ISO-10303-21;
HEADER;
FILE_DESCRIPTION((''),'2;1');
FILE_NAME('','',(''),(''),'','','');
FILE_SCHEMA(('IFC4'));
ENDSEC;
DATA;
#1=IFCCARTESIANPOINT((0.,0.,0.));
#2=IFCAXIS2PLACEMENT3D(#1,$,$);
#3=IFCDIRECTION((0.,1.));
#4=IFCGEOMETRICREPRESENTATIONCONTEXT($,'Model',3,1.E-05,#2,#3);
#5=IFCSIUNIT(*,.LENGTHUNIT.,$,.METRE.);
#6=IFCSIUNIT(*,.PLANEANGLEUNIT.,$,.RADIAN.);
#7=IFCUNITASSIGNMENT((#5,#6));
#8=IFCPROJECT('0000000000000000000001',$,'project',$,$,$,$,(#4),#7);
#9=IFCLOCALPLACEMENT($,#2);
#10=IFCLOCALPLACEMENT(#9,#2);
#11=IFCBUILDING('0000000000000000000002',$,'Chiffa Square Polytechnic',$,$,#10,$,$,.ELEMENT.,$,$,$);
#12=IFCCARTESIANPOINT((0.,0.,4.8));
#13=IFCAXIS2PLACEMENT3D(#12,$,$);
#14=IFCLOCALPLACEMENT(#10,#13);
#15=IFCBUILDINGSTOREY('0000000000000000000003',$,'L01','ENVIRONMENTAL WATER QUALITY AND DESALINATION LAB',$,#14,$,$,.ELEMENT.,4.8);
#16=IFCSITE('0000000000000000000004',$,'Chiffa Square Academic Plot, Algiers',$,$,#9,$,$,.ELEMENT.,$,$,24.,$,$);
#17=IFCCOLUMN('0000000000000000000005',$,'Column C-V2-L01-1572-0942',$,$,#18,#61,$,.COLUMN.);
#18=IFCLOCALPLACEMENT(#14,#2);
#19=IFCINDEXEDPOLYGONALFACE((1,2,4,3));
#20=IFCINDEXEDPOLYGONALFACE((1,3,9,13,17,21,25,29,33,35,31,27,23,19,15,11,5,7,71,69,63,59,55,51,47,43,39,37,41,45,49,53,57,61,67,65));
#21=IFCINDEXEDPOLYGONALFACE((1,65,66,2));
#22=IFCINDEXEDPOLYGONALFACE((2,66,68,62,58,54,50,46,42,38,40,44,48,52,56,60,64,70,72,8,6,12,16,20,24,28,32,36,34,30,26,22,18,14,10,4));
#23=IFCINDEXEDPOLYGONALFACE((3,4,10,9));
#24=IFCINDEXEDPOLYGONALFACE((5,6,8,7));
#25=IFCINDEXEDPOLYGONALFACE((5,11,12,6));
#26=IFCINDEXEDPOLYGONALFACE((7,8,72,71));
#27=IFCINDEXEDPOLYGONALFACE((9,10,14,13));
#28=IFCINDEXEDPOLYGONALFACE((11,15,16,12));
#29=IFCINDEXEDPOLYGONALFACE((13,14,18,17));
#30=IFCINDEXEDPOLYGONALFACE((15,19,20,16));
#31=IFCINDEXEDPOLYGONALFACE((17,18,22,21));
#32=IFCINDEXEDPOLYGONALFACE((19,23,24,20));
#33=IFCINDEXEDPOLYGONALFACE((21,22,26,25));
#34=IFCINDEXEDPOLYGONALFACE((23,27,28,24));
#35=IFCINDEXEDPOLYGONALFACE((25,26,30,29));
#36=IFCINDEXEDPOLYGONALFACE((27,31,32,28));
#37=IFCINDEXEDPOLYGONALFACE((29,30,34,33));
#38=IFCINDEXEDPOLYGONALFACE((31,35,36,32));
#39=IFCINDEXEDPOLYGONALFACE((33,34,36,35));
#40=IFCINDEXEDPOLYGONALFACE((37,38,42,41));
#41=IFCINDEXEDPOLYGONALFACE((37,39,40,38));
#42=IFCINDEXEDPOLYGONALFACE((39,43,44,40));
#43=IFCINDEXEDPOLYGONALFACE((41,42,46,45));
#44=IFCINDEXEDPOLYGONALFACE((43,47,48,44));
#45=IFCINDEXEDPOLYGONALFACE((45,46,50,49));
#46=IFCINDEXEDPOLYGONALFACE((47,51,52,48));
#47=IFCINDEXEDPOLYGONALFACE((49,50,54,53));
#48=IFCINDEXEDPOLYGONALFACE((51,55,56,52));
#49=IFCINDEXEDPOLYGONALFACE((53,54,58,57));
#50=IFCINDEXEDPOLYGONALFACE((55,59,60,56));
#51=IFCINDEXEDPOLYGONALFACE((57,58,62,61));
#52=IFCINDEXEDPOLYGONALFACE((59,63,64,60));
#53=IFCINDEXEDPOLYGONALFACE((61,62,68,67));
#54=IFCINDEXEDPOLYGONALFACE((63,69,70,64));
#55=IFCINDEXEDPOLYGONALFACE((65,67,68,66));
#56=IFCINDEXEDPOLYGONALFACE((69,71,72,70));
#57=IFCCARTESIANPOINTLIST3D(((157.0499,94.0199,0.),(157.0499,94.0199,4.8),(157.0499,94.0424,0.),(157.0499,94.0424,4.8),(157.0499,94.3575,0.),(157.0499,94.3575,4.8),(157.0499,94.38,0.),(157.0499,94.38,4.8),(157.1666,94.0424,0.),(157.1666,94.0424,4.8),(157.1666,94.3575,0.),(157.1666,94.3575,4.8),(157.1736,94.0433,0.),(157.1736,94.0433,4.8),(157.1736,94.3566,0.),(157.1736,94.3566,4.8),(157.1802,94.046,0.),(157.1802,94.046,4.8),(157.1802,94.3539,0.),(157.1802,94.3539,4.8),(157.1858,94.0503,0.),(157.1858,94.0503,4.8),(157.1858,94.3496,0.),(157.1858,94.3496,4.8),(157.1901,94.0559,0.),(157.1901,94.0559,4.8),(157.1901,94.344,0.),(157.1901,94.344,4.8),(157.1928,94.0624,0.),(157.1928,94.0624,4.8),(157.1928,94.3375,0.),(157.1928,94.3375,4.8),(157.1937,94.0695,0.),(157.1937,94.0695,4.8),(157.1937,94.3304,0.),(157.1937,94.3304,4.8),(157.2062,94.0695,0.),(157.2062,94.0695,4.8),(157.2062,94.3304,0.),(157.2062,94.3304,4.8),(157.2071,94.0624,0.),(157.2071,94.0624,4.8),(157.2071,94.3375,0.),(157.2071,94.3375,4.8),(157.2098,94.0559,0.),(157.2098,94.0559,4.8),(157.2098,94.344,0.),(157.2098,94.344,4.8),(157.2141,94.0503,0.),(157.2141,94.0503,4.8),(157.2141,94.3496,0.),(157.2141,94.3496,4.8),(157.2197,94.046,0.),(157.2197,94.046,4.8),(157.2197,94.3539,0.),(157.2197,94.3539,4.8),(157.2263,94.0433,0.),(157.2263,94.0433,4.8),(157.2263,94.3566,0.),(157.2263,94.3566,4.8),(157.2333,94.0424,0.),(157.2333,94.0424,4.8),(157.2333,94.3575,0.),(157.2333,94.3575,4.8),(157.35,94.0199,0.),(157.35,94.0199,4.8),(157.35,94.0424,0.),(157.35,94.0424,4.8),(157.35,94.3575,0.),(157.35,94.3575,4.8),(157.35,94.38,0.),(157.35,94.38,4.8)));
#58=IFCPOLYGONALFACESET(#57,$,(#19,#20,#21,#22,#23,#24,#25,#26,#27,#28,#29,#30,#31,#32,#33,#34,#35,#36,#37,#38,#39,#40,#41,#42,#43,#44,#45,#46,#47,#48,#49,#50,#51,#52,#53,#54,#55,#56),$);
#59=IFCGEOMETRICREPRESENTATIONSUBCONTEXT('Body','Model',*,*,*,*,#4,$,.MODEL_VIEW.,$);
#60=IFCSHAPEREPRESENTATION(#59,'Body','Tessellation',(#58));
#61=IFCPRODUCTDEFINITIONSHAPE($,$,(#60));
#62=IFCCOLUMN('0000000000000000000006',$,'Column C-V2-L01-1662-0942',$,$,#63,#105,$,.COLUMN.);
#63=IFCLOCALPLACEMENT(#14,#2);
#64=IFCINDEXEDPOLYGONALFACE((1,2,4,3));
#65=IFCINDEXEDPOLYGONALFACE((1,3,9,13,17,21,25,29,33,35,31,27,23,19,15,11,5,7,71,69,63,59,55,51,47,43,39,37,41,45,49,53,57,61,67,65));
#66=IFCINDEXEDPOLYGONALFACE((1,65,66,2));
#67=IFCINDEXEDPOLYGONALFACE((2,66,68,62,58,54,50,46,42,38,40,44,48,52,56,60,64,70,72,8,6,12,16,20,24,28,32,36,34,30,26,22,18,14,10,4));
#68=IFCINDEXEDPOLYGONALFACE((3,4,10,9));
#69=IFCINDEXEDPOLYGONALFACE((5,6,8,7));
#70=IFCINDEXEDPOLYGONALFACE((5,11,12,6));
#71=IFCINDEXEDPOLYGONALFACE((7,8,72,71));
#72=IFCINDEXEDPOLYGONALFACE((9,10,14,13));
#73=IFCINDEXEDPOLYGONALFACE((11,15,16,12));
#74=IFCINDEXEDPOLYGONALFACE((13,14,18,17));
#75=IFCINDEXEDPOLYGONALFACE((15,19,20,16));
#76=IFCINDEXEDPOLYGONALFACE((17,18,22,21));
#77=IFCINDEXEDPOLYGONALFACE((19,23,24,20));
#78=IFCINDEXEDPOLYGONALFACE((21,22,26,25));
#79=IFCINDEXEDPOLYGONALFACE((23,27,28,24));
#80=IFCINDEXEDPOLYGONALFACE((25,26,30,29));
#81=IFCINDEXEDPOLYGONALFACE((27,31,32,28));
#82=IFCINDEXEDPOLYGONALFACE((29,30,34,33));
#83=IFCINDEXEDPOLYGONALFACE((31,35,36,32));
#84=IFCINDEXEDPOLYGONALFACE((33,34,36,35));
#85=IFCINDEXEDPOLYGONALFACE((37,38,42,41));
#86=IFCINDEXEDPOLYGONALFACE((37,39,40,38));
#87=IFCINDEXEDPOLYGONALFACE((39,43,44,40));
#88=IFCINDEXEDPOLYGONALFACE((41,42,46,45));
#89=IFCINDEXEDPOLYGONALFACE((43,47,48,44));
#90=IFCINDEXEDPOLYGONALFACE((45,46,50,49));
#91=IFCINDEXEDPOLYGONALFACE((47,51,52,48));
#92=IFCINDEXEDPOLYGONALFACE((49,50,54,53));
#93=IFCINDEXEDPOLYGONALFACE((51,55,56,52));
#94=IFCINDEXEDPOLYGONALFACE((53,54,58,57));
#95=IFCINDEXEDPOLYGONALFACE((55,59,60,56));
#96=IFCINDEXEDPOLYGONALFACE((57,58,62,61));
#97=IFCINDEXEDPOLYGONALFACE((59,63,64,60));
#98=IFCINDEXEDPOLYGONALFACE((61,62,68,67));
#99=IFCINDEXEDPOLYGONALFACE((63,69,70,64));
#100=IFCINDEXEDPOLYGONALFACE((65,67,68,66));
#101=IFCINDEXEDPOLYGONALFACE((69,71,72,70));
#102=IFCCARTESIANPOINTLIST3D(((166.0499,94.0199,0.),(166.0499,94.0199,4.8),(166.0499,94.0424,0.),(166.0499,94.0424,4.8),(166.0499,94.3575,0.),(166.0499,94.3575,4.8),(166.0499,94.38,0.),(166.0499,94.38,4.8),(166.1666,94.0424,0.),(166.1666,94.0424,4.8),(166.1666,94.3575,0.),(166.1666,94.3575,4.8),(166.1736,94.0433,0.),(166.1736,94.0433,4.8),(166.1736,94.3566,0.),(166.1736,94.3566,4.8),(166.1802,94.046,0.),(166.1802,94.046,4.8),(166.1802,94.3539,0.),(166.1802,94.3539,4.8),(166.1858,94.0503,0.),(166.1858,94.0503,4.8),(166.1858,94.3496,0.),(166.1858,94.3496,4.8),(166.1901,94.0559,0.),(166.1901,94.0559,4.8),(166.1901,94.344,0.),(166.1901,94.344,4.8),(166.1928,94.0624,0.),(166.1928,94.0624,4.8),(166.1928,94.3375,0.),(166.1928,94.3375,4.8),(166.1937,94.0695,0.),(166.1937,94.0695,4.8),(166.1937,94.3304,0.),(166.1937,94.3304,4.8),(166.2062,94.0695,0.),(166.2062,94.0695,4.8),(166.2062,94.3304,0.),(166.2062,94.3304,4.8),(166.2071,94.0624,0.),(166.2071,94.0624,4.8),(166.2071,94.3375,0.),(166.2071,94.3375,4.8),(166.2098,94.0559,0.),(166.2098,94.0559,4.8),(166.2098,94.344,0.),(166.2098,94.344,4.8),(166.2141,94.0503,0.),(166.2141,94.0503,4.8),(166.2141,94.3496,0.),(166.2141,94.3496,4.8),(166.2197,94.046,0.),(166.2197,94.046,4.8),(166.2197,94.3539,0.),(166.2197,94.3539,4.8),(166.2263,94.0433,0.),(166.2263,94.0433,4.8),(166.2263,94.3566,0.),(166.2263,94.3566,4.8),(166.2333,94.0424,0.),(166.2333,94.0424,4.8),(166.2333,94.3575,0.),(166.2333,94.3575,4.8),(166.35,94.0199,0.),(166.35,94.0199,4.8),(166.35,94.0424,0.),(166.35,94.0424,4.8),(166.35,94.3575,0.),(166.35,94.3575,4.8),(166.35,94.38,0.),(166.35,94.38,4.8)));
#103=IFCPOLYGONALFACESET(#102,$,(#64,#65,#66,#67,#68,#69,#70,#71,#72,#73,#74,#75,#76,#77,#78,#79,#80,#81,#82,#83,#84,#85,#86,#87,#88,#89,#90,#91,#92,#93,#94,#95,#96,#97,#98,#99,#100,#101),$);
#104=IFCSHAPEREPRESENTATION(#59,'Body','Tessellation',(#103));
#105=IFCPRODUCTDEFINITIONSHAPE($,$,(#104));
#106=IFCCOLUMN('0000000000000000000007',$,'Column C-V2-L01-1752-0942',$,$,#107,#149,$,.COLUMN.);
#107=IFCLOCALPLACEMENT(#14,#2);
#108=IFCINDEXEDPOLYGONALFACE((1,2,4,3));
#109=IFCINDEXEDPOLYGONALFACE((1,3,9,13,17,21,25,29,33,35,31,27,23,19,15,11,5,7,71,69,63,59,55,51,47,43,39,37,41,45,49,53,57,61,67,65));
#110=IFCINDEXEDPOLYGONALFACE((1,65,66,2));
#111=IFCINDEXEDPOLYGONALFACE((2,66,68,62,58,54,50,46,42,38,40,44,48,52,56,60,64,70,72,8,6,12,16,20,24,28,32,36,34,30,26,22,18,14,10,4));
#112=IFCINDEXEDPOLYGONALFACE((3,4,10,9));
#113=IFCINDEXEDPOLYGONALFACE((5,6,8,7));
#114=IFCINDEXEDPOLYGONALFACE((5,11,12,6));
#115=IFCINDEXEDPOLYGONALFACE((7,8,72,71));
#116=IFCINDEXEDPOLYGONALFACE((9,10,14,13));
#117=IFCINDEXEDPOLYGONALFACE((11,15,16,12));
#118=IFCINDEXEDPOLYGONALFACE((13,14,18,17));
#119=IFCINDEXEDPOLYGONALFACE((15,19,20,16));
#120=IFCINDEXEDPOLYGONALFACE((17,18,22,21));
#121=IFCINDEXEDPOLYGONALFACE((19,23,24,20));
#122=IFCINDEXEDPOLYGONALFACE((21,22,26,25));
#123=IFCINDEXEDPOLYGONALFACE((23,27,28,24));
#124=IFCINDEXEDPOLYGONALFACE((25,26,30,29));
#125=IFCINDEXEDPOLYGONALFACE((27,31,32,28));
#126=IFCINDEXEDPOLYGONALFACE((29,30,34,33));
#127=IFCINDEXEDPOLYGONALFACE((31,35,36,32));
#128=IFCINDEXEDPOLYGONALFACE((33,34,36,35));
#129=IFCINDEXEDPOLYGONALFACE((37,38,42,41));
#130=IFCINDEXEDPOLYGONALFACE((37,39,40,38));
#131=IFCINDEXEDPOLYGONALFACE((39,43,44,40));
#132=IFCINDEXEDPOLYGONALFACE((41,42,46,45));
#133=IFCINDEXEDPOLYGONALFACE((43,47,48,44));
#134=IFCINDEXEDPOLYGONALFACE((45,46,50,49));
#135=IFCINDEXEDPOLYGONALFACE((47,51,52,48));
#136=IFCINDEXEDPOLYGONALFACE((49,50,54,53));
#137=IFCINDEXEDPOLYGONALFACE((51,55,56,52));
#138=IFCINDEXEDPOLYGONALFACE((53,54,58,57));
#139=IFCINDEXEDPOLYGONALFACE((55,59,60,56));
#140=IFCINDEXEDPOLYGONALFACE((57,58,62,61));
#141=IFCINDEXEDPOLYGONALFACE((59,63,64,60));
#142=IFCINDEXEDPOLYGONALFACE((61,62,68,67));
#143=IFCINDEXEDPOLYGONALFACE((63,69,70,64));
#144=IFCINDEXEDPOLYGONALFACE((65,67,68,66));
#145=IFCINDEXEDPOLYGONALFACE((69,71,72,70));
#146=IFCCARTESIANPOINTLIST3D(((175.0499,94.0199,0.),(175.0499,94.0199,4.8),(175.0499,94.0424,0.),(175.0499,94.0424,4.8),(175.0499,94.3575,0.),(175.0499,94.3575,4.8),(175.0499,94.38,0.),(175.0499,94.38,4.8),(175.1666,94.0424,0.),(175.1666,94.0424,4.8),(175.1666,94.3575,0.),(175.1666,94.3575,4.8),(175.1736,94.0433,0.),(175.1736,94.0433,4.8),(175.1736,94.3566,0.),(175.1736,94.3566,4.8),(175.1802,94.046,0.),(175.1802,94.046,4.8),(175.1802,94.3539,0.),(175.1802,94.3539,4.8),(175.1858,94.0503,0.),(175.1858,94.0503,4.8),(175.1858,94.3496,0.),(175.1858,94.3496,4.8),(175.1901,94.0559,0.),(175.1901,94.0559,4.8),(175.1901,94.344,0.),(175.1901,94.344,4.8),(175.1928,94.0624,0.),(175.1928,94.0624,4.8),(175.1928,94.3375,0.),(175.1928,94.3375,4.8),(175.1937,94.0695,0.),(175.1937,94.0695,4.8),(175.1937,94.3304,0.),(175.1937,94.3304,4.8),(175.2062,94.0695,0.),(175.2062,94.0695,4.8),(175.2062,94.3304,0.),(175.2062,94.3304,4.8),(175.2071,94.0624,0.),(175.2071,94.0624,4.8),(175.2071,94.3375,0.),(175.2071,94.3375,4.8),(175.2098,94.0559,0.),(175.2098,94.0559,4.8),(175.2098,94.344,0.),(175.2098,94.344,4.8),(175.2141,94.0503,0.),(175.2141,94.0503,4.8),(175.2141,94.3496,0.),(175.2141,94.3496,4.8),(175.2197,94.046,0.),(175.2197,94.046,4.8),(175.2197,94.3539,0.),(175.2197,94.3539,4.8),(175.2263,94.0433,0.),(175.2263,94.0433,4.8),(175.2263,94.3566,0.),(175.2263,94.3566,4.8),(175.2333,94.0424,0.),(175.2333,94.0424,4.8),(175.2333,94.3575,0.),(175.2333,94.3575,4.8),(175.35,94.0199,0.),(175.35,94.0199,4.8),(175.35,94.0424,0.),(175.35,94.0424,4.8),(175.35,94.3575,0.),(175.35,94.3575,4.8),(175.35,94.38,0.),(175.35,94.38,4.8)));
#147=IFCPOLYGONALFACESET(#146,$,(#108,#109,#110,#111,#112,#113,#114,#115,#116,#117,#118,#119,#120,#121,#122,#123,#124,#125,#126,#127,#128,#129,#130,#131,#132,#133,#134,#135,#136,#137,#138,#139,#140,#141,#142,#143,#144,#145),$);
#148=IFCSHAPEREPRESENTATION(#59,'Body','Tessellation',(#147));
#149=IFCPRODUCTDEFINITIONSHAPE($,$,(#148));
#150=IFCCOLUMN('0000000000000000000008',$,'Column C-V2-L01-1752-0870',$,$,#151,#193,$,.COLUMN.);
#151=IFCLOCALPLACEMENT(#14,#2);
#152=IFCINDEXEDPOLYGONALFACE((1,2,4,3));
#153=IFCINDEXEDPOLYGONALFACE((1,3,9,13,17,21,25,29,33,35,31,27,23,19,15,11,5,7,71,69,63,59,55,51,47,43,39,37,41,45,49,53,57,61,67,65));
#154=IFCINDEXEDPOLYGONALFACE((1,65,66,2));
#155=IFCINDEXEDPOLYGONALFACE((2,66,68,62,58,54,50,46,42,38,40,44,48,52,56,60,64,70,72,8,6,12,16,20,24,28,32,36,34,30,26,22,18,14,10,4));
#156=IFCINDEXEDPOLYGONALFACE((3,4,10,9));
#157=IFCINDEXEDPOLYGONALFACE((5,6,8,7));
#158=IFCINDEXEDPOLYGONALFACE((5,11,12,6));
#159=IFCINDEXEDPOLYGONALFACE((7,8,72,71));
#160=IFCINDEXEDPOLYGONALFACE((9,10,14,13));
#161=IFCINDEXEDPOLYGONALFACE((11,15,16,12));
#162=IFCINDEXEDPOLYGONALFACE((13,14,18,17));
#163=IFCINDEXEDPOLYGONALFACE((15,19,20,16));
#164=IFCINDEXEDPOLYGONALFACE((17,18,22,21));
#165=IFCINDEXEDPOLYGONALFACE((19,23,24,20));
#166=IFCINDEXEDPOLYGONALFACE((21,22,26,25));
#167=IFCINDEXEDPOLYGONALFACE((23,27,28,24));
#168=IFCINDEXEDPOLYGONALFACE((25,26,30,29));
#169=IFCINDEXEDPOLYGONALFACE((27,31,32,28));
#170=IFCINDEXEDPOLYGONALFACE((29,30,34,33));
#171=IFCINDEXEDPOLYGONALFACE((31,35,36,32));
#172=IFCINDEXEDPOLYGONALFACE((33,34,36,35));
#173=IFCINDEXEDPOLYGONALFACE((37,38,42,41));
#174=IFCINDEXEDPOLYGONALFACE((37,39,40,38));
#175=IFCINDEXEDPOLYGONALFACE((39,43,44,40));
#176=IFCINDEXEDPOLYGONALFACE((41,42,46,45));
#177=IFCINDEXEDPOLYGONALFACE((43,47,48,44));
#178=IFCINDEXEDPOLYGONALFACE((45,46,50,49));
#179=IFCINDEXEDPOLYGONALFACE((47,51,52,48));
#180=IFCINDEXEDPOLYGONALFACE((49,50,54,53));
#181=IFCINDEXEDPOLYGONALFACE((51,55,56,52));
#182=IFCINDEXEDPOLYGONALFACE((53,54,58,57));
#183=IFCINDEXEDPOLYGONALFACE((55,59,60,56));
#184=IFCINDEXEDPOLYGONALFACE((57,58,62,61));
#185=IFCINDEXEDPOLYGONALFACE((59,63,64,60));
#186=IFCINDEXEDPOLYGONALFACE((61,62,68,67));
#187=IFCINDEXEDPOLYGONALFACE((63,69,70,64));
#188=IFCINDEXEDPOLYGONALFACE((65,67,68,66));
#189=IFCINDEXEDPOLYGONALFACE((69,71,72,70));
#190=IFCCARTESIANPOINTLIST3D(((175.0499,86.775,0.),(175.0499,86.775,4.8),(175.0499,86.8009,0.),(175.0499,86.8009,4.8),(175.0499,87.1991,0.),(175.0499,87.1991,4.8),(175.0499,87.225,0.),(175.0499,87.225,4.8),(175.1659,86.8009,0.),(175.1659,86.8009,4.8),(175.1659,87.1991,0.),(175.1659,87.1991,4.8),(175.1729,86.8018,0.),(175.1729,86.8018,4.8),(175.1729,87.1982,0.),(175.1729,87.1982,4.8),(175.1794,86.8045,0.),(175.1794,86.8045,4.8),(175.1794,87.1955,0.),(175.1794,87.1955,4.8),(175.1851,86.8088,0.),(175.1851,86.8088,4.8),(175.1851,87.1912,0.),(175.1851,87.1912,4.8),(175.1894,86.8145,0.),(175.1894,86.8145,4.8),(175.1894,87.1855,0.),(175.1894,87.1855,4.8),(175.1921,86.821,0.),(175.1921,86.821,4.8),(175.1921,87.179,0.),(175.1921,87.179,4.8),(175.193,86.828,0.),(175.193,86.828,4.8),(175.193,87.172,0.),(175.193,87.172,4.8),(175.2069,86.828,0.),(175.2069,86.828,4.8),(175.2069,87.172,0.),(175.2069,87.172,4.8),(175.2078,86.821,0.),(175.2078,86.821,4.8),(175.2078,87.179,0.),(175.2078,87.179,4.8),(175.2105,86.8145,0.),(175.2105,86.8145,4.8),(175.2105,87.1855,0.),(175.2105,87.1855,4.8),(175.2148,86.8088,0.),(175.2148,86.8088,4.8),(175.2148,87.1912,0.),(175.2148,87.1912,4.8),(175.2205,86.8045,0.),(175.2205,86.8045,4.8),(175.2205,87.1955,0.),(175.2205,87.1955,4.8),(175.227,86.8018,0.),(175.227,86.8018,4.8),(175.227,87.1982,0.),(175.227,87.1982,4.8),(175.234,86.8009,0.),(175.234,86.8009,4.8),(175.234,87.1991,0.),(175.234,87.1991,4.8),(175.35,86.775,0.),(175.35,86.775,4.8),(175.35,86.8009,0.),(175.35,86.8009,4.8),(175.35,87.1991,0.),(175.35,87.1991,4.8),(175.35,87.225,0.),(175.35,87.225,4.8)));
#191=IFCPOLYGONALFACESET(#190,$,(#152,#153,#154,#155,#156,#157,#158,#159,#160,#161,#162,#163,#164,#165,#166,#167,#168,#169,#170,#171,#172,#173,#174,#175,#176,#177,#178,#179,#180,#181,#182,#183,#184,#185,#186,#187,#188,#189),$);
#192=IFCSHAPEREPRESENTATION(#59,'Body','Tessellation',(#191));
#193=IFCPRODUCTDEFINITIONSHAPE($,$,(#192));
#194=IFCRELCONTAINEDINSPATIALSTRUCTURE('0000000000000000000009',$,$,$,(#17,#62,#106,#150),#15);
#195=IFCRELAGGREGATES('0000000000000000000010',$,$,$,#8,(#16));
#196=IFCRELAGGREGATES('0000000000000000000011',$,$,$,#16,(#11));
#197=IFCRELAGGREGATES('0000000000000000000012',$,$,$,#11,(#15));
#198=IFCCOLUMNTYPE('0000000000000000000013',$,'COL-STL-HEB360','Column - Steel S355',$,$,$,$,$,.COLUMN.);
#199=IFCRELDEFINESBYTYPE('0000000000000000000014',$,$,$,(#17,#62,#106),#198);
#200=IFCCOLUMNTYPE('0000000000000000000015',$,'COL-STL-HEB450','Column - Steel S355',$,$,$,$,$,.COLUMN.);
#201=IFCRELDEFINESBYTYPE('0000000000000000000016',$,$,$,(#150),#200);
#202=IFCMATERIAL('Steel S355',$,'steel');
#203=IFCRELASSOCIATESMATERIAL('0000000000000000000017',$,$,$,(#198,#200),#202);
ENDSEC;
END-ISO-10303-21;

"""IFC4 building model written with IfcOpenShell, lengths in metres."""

from ifc_helpers import new_model, si_unit, direction, frame, origin, origin_2d, place, context, subcontext, project, spatial, i_section, extrude, material, material_profile, profile_set, type_object, element, save


model = new_model("IFC4")

# Units and contexts
model_context = context("Model", 3, precision=1e-05, world=origin(), true_north=direction((0.0, 1.0)))
body_context = subcontext(model_context, "Body", "Model", "MODEL_VIEW")
ifc_project = project(units=[si_unit("LENGTHUNIT", "METRE"), si_unit("PLANEANGLEUNIT", "RADIAN")], contexts=[model_context])

# Site, building, storey
site_placement = place(None, origin())
site = spatial("IfcSite", under=ifc_project, at=site_placement, Name="Chiffa Square Academic Plot, Algiers", CompositionType="ELEMENT", RefElevation=24.0)
building_placement = place(site_placement, origin())
building = spatial("IfcBuilding", under=site, at=building_placement, Name="Chiffa Square Polytechnic", CompositionType="ELEMENT")
storey_placement = place(building_placement, frame((0.0, 0.0, 4.8)))
storey = spatial("IfcBuildingStorey", under=building, at=storey_placement, Name="L01", Description="ENVIRONMENTAL WATER QUALITY AND DESALINATION LAB", CompositionType="ELEMENT", Elevation=4.8)

# Columns
ifc_material_1 = material(Name="Steel S355", Category="steel")
ifc_material_profile_1 = material_profile(ifc_material_1, i_section(OverallWidth=0.3, OverallDepth=0.3601, WebThickness=0.0125, FlangeThickness=0.0225, FilletRadius=0.0271, at=origin_2d()), Name="HEB 360")
ifc_profile_set_1 = profile_set([ifc_material_profile_1], Name="Steel S355")
column_type_1 = type_object("IfcColumnType", Name="COL-STL-HEB360", Description="Column - Steel S355", PredefinedType="COLUMN", material=ifc_profile_set_1)
for number, where, z_axis, x_axis, name in (
    (1, (157.2, 94.2, 0.0), (0.0, 0.0, 1.0), (1.0, 0.0, 0.0), "Column C-V2-L01-1572-0942"),
    (2, (166.2, 94.2, 0.0), (0.0, 0.0, 1.0), (1.0, 0.0, 0.0), "Column C-V2-L01-1662-0942"),
    (3, (175.2, 94.2, 0.0), (0.0, 0.0, 1.0), (1.0, 0.0, 0.0), "Column C-V2-L01-1752-0942"),
):
    element("IfcColumn", number, at=place(storey_placement, frame(where, z_axis=z_axis, x_axis=x_axis)), inside=storey, type_object=column_type_1, Name=name, PredefinedType="COLUMN", context=body_context, shape_type="SweptSolid", body=[
        extrude(i_section(OverallWidth=0.3, OverallDepth=0.3601, WebThickness=0.0125, FlangeThickness=0.0225, FilletRadius=0.0271, at=origin_2d()), origin(), (0.0, 0.0, 1.0), 4.8),
    ])
ifc_material_profile_2 = material_profile(ifc_material_1, i_section(OverallWidth=0.3, OverallDepth=0.45, WebThickness=0.0139, FlangeThickness=0.0259, FilletRadius=0.0271, at=origin_2d()), Name="HEB 450")
ifc_profile_set_2 = profile_set([ifc_material_profile_2], Name="Steel S355")
column_type_2 = type_object("IfcColumnType", Name="COL-STL-HEB450", Description="Column - Steel S355", PredefinedType="COLUMN", material=ifc_profile_set_2)
column_placement = place(storey_placement, frame((175.2, 87.0, 0.0), z_axis=(0.0, 0.0, 1.0), x_axis=(1.0, 0.0, 0.0)))
element("IfcColumn", 4, at=column_placement, inside=storey, type_object=column_type_2, Name="Column C-V2-L01-1752-0870", PredefinedType="COLUMN", context=body_context, shape_type="SweptSolid", body=[
    extrude(i_section(OverallWidth=0.3, OverallDepth=0.45, WebThickness=0.0139, FlangeThickness=0.0259, FilletRadius=0.0271, at=origin_2d()), origin(), (0.0, 0.0, 1.0), 4.8),
])

save(model, "model.ifc")
